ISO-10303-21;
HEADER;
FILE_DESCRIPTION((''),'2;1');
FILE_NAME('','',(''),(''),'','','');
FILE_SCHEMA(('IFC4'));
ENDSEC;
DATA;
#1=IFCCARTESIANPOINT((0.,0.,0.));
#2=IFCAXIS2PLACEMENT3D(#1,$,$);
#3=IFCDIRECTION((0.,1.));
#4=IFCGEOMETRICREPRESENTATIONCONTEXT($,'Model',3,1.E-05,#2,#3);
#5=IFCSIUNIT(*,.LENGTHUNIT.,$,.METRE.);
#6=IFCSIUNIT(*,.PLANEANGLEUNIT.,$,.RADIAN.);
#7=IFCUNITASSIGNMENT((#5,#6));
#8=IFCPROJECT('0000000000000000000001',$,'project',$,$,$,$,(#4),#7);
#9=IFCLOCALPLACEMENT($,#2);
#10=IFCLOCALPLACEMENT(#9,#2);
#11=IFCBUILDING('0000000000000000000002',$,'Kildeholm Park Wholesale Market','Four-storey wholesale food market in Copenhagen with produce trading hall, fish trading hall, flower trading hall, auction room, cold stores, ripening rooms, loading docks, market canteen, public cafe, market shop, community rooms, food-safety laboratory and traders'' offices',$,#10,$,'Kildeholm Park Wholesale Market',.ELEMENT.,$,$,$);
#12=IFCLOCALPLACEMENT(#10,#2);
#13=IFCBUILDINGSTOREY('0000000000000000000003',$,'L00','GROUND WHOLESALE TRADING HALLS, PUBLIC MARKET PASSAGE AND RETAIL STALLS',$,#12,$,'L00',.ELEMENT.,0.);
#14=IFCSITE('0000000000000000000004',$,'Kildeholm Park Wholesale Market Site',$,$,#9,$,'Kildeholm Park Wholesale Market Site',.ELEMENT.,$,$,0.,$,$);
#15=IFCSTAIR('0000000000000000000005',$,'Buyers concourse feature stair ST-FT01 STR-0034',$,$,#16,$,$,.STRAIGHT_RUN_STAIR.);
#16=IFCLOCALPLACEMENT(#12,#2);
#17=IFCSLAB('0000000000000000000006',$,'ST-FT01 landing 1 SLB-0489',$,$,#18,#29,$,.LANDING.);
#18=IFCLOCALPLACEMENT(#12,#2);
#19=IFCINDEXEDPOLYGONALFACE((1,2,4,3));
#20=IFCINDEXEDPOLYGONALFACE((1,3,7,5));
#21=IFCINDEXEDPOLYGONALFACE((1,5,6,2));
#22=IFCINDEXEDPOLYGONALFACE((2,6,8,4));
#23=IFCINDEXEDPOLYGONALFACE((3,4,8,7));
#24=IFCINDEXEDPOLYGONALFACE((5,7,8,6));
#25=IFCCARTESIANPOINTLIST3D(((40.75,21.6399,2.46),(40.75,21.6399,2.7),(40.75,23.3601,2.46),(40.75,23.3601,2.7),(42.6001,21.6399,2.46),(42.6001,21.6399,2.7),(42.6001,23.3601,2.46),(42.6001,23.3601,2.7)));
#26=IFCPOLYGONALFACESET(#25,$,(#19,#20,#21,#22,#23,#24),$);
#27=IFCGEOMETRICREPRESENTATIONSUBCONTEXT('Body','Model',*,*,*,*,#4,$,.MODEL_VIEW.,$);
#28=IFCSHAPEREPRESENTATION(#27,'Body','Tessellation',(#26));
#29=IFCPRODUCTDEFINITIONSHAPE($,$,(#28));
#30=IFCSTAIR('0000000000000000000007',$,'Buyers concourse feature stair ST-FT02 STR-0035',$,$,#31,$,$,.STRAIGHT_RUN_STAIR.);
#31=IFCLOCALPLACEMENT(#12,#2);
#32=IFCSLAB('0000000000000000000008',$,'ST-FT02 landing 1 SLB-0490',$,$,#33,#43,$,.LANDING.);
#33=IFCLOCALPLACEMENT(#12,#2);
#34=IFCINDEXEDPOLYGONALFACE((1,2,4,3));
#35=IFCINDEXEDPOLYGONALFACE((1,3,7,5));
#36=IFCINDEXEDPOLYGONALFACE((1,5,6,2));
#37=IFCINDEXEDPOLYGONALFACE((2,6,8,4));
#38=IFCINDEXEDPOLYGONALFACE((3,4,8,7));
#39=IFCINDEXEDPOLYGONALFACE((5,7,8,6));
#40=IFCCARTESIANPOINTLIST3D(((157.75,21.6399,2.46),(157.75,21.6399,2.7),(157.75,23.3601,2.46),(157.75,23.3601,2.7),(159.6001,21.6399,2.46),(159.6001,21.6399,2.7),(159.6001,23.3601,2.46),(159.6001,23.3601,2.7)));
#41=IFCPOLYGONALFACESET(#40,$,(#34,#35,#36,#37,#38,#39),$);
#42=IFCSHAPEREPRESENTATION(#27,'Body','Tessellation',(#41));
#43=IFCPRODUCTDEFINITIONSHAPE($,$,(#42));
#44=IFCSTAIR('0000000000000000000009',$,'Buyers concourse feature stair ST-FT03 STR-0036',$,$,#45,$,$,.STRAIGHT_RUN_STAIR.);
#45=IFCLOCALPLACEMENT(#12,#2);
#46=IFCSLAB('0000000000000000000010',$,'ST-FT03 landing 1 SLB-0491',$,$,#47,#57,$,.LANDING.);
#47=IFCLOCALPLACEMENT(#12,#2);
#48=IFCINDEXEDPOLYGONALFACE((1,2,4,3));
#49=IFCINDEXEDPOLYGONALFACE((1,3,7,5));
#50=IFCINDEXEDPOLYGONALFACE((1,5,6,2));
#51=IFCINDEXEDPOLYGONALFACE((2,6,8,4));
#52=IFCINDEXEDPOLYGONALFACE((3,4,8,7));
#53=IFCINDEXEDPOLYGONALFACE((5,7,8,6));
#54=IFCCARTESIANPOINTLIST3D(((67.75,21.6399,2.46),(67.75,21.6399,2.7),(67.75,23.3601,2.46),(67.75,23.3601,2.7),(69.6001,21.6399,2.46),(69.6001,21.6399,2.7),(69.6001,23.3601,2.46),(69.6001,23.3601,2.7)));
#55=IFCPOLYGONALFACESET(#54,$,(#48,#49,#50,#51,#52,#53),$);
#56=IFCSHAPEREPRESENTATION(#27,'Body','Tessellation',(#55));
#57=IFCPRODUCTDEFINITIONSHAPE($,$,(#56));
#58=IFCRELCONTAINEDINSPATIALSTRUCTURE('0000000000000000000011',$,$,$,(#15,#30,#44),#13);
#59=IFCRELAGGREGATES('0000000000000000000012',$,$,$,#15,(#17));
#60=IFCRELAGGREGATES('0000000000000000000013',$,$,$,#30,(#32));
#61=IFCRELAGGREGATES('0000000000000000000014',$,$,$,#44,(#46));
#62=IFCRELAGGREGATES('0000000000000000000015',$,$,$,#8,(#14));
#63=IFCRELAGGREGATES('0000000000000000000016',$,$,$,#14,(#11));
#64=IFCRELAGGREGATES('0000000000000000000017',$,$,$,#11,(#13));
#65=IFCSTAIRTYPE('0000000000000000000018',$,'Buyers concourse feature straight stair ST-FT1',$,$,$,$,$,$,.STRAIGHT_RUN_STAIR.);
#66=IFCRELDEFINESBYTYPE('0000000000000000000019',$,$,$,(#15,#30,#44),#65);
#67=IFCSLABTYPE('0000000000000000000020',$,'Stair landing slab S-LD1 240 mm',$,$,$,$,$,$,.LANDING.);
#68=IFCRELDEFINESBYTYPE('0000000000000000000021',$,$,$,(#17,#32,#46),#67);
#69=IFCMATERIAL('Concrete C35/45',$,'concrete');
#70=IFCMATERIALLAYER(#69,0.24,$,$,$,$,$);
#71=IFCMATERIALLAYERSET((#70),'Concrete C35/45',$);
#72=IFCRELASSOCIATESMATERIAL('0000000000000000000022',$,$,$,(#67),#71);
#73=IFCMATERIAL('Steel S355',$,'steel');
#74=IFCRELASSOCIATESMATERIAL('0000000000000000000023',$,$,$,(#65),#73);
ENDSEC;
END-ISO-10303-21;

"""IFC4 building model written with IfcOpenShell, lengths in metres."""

from ifc_helpers import new_model, si_unit, direction, frame, origin, place, context, subcontext, project, spatial, polyline, outline, extrude, material, layer, layer_set, type_object, element, aggregate, save


model = new_model("IFC4")

# Units and contexts
model_context = context("Model", 3, precision=1e-05, world=origin(), true_north=direction((0.0, 1.0)))
body_context = subcontext(model_context, "Body", "Model", "MODEL_VIEW")
ifc_project = project(units=[si_unit("LENGTHUNIT", "METRE"), si_unit("PLANEANGLEUNIT", "RADIAN")], contexts=[model_context])

# Site, building, storey
site_placement = place(None, origin())
site = spatial("IfcSite", under=ifc_project, at=site_placement, Name="Kildeholm Park Wholesale Market Site", LongName="Kildeholm Park Wholesale Market Site", CompositionType="ELEMENT", RefElevation=0.0)
building_placement = place(site_placement, origin())
building = spatial("IfcBuilding", under=site, at=building_placement, Name="Kildeholm Park Wholesale Market", Description="Four-storey wholesale food market in Copenhagen with produce trading hall, fish trading hall, flower trading hall, auction room, cold stores, ripening rooms, loading docks, market canteen, public cafe, market shop, community rooms, food-safety laboratory and traders' offices", LongName="Kildeholm Park Wholesale Market", CompositionType="ELEMENT")
storey_placement = place(building_placement, origin())
storey = spatial("IfcBuildingStorey", under=building, at=storey_placement, Name="L00", Description="GROUND WHOLESALE TRADING HALLS, PUBLIC MARKET PASSAGE AND RETAIL STALLS", LongName="L00", CompositionType="ELEMENT", Elevation=0.0)

# Shared definitions
ifc_material_1 = material(Name="Concrete C35/45", Category="concrete")

# Shared definitions
ifc_material_2 = material(Name="Steel S355", Category="steel")

# Stairs, slabs
ifc_layer_1 = layer(ifc_material_1, 0.24)
ifc_layer_set_1 = layer_set([ifc_layer_1], Name="Concrete C35/45")
slab_type_1 = type_object("IfcSlabType", Name="Stair landing slab S-LD1 240 mm", PredefinedType="LANDING", material=ifc_layer_set_1)
stair_type_1 = type_object("IfcStairType", Name="Buyers concourse feature straight stair ST-FT1", PredefinedType="STRAIGHT_RUN_STAIR", material=ifc_material_2)
stair_1_placement = place(storey_placement, origin())
stair_1 = element("IfcStair", 1, at=stair_1_placement, inside=storey, type_object=stair_type_1, Name="Buyers concourse feature stair ST-FT01 STR-0034", PredefinedType="STRAIGHT_RUN_STAIR")
slab_1_placement = place(storey_placement, frame((0.0, 0.0, 2.46)))
slab_1 = element("IfcSlab", 2, at=slab_1_placement, type_object=slab_type_1, Name="ST-FT01 landing 1 SLB-0489", PredefinedType="LANDING", context=body_context, shape_type="SweptSolid", body=[
    extrude(outline(polyline([(40.75, 21.6399), (42.6001, 21.6399), (42.6001, 23.3601), (40.75, 23.3601), (40.75, 21.6399)])), origin(), (0.0, 0.0, 1.0), 0.24),
])
aggregate(stair_1, [slab_1])
stair_2_placement = place(storey_placement, origin())
stair_2 = element("IfcStair", 3, at=stair_2_placement, inside=storey, type_object=stair_type_1, Name="Buyers concourse feature stair ST-FT02 STR-0035", PredefinedType="STRAIGHT_RUN_STAIR")
slab_2_placement = place(storey_placement, frame((0.0, 0.0, 2.46)))
slab_2 = element("IfcSlab", 4, at=slab_2_placement, type_object=slab_type_1, Name="ST-FT02 landing 1 SLB-0490", PredefinedType="LANDING", context=body_context, shape_type="SweptSolid", body=[
    extrude(outline(polyline([(157.75, 21.6399), (159.6001, 21.6399), (159.6001, 23.3601), (157.75, 23.3601), (157.75, 21.6399)])), origin(), (0.0, 0.0, 1.0), 0.24),
])
aggregate(stair_2, [slab_2])
stair_3_placement = place(storey_placement, origin())
stair_3 = element("IfcStair", 5, at=stair_3_placement, inside=storey, type_object=stair_type_1, Name="Buyers concourse feature stair ST-FT03 STR-0036", PredefinedType="STRAIGHT_RUN_STAIR")
slab_3_placement = place(storey_placement, frame((0.0, 0.0, 2.46)))
slab_3 = element("IfcSlab", 6, at=slab_3_placement, type_object=slab_type_1, Name="ST-FT03 landing 1 SLB-0491", PredefinedType="LANDING", context=body_context, shape_type="SweptSolid", body=[
    extrude(outline(polyline([(67.75, 21.6399), (69.6001, 21.6399), (69.6001, 23.3601), (67.75, 23.3601), (67.75, 21.6399)])), origin(), (0.0, 0.0, 1.0), 0.24),
])
aggregate(stair_3, [slab_3])

save(model, "model.ifc")
